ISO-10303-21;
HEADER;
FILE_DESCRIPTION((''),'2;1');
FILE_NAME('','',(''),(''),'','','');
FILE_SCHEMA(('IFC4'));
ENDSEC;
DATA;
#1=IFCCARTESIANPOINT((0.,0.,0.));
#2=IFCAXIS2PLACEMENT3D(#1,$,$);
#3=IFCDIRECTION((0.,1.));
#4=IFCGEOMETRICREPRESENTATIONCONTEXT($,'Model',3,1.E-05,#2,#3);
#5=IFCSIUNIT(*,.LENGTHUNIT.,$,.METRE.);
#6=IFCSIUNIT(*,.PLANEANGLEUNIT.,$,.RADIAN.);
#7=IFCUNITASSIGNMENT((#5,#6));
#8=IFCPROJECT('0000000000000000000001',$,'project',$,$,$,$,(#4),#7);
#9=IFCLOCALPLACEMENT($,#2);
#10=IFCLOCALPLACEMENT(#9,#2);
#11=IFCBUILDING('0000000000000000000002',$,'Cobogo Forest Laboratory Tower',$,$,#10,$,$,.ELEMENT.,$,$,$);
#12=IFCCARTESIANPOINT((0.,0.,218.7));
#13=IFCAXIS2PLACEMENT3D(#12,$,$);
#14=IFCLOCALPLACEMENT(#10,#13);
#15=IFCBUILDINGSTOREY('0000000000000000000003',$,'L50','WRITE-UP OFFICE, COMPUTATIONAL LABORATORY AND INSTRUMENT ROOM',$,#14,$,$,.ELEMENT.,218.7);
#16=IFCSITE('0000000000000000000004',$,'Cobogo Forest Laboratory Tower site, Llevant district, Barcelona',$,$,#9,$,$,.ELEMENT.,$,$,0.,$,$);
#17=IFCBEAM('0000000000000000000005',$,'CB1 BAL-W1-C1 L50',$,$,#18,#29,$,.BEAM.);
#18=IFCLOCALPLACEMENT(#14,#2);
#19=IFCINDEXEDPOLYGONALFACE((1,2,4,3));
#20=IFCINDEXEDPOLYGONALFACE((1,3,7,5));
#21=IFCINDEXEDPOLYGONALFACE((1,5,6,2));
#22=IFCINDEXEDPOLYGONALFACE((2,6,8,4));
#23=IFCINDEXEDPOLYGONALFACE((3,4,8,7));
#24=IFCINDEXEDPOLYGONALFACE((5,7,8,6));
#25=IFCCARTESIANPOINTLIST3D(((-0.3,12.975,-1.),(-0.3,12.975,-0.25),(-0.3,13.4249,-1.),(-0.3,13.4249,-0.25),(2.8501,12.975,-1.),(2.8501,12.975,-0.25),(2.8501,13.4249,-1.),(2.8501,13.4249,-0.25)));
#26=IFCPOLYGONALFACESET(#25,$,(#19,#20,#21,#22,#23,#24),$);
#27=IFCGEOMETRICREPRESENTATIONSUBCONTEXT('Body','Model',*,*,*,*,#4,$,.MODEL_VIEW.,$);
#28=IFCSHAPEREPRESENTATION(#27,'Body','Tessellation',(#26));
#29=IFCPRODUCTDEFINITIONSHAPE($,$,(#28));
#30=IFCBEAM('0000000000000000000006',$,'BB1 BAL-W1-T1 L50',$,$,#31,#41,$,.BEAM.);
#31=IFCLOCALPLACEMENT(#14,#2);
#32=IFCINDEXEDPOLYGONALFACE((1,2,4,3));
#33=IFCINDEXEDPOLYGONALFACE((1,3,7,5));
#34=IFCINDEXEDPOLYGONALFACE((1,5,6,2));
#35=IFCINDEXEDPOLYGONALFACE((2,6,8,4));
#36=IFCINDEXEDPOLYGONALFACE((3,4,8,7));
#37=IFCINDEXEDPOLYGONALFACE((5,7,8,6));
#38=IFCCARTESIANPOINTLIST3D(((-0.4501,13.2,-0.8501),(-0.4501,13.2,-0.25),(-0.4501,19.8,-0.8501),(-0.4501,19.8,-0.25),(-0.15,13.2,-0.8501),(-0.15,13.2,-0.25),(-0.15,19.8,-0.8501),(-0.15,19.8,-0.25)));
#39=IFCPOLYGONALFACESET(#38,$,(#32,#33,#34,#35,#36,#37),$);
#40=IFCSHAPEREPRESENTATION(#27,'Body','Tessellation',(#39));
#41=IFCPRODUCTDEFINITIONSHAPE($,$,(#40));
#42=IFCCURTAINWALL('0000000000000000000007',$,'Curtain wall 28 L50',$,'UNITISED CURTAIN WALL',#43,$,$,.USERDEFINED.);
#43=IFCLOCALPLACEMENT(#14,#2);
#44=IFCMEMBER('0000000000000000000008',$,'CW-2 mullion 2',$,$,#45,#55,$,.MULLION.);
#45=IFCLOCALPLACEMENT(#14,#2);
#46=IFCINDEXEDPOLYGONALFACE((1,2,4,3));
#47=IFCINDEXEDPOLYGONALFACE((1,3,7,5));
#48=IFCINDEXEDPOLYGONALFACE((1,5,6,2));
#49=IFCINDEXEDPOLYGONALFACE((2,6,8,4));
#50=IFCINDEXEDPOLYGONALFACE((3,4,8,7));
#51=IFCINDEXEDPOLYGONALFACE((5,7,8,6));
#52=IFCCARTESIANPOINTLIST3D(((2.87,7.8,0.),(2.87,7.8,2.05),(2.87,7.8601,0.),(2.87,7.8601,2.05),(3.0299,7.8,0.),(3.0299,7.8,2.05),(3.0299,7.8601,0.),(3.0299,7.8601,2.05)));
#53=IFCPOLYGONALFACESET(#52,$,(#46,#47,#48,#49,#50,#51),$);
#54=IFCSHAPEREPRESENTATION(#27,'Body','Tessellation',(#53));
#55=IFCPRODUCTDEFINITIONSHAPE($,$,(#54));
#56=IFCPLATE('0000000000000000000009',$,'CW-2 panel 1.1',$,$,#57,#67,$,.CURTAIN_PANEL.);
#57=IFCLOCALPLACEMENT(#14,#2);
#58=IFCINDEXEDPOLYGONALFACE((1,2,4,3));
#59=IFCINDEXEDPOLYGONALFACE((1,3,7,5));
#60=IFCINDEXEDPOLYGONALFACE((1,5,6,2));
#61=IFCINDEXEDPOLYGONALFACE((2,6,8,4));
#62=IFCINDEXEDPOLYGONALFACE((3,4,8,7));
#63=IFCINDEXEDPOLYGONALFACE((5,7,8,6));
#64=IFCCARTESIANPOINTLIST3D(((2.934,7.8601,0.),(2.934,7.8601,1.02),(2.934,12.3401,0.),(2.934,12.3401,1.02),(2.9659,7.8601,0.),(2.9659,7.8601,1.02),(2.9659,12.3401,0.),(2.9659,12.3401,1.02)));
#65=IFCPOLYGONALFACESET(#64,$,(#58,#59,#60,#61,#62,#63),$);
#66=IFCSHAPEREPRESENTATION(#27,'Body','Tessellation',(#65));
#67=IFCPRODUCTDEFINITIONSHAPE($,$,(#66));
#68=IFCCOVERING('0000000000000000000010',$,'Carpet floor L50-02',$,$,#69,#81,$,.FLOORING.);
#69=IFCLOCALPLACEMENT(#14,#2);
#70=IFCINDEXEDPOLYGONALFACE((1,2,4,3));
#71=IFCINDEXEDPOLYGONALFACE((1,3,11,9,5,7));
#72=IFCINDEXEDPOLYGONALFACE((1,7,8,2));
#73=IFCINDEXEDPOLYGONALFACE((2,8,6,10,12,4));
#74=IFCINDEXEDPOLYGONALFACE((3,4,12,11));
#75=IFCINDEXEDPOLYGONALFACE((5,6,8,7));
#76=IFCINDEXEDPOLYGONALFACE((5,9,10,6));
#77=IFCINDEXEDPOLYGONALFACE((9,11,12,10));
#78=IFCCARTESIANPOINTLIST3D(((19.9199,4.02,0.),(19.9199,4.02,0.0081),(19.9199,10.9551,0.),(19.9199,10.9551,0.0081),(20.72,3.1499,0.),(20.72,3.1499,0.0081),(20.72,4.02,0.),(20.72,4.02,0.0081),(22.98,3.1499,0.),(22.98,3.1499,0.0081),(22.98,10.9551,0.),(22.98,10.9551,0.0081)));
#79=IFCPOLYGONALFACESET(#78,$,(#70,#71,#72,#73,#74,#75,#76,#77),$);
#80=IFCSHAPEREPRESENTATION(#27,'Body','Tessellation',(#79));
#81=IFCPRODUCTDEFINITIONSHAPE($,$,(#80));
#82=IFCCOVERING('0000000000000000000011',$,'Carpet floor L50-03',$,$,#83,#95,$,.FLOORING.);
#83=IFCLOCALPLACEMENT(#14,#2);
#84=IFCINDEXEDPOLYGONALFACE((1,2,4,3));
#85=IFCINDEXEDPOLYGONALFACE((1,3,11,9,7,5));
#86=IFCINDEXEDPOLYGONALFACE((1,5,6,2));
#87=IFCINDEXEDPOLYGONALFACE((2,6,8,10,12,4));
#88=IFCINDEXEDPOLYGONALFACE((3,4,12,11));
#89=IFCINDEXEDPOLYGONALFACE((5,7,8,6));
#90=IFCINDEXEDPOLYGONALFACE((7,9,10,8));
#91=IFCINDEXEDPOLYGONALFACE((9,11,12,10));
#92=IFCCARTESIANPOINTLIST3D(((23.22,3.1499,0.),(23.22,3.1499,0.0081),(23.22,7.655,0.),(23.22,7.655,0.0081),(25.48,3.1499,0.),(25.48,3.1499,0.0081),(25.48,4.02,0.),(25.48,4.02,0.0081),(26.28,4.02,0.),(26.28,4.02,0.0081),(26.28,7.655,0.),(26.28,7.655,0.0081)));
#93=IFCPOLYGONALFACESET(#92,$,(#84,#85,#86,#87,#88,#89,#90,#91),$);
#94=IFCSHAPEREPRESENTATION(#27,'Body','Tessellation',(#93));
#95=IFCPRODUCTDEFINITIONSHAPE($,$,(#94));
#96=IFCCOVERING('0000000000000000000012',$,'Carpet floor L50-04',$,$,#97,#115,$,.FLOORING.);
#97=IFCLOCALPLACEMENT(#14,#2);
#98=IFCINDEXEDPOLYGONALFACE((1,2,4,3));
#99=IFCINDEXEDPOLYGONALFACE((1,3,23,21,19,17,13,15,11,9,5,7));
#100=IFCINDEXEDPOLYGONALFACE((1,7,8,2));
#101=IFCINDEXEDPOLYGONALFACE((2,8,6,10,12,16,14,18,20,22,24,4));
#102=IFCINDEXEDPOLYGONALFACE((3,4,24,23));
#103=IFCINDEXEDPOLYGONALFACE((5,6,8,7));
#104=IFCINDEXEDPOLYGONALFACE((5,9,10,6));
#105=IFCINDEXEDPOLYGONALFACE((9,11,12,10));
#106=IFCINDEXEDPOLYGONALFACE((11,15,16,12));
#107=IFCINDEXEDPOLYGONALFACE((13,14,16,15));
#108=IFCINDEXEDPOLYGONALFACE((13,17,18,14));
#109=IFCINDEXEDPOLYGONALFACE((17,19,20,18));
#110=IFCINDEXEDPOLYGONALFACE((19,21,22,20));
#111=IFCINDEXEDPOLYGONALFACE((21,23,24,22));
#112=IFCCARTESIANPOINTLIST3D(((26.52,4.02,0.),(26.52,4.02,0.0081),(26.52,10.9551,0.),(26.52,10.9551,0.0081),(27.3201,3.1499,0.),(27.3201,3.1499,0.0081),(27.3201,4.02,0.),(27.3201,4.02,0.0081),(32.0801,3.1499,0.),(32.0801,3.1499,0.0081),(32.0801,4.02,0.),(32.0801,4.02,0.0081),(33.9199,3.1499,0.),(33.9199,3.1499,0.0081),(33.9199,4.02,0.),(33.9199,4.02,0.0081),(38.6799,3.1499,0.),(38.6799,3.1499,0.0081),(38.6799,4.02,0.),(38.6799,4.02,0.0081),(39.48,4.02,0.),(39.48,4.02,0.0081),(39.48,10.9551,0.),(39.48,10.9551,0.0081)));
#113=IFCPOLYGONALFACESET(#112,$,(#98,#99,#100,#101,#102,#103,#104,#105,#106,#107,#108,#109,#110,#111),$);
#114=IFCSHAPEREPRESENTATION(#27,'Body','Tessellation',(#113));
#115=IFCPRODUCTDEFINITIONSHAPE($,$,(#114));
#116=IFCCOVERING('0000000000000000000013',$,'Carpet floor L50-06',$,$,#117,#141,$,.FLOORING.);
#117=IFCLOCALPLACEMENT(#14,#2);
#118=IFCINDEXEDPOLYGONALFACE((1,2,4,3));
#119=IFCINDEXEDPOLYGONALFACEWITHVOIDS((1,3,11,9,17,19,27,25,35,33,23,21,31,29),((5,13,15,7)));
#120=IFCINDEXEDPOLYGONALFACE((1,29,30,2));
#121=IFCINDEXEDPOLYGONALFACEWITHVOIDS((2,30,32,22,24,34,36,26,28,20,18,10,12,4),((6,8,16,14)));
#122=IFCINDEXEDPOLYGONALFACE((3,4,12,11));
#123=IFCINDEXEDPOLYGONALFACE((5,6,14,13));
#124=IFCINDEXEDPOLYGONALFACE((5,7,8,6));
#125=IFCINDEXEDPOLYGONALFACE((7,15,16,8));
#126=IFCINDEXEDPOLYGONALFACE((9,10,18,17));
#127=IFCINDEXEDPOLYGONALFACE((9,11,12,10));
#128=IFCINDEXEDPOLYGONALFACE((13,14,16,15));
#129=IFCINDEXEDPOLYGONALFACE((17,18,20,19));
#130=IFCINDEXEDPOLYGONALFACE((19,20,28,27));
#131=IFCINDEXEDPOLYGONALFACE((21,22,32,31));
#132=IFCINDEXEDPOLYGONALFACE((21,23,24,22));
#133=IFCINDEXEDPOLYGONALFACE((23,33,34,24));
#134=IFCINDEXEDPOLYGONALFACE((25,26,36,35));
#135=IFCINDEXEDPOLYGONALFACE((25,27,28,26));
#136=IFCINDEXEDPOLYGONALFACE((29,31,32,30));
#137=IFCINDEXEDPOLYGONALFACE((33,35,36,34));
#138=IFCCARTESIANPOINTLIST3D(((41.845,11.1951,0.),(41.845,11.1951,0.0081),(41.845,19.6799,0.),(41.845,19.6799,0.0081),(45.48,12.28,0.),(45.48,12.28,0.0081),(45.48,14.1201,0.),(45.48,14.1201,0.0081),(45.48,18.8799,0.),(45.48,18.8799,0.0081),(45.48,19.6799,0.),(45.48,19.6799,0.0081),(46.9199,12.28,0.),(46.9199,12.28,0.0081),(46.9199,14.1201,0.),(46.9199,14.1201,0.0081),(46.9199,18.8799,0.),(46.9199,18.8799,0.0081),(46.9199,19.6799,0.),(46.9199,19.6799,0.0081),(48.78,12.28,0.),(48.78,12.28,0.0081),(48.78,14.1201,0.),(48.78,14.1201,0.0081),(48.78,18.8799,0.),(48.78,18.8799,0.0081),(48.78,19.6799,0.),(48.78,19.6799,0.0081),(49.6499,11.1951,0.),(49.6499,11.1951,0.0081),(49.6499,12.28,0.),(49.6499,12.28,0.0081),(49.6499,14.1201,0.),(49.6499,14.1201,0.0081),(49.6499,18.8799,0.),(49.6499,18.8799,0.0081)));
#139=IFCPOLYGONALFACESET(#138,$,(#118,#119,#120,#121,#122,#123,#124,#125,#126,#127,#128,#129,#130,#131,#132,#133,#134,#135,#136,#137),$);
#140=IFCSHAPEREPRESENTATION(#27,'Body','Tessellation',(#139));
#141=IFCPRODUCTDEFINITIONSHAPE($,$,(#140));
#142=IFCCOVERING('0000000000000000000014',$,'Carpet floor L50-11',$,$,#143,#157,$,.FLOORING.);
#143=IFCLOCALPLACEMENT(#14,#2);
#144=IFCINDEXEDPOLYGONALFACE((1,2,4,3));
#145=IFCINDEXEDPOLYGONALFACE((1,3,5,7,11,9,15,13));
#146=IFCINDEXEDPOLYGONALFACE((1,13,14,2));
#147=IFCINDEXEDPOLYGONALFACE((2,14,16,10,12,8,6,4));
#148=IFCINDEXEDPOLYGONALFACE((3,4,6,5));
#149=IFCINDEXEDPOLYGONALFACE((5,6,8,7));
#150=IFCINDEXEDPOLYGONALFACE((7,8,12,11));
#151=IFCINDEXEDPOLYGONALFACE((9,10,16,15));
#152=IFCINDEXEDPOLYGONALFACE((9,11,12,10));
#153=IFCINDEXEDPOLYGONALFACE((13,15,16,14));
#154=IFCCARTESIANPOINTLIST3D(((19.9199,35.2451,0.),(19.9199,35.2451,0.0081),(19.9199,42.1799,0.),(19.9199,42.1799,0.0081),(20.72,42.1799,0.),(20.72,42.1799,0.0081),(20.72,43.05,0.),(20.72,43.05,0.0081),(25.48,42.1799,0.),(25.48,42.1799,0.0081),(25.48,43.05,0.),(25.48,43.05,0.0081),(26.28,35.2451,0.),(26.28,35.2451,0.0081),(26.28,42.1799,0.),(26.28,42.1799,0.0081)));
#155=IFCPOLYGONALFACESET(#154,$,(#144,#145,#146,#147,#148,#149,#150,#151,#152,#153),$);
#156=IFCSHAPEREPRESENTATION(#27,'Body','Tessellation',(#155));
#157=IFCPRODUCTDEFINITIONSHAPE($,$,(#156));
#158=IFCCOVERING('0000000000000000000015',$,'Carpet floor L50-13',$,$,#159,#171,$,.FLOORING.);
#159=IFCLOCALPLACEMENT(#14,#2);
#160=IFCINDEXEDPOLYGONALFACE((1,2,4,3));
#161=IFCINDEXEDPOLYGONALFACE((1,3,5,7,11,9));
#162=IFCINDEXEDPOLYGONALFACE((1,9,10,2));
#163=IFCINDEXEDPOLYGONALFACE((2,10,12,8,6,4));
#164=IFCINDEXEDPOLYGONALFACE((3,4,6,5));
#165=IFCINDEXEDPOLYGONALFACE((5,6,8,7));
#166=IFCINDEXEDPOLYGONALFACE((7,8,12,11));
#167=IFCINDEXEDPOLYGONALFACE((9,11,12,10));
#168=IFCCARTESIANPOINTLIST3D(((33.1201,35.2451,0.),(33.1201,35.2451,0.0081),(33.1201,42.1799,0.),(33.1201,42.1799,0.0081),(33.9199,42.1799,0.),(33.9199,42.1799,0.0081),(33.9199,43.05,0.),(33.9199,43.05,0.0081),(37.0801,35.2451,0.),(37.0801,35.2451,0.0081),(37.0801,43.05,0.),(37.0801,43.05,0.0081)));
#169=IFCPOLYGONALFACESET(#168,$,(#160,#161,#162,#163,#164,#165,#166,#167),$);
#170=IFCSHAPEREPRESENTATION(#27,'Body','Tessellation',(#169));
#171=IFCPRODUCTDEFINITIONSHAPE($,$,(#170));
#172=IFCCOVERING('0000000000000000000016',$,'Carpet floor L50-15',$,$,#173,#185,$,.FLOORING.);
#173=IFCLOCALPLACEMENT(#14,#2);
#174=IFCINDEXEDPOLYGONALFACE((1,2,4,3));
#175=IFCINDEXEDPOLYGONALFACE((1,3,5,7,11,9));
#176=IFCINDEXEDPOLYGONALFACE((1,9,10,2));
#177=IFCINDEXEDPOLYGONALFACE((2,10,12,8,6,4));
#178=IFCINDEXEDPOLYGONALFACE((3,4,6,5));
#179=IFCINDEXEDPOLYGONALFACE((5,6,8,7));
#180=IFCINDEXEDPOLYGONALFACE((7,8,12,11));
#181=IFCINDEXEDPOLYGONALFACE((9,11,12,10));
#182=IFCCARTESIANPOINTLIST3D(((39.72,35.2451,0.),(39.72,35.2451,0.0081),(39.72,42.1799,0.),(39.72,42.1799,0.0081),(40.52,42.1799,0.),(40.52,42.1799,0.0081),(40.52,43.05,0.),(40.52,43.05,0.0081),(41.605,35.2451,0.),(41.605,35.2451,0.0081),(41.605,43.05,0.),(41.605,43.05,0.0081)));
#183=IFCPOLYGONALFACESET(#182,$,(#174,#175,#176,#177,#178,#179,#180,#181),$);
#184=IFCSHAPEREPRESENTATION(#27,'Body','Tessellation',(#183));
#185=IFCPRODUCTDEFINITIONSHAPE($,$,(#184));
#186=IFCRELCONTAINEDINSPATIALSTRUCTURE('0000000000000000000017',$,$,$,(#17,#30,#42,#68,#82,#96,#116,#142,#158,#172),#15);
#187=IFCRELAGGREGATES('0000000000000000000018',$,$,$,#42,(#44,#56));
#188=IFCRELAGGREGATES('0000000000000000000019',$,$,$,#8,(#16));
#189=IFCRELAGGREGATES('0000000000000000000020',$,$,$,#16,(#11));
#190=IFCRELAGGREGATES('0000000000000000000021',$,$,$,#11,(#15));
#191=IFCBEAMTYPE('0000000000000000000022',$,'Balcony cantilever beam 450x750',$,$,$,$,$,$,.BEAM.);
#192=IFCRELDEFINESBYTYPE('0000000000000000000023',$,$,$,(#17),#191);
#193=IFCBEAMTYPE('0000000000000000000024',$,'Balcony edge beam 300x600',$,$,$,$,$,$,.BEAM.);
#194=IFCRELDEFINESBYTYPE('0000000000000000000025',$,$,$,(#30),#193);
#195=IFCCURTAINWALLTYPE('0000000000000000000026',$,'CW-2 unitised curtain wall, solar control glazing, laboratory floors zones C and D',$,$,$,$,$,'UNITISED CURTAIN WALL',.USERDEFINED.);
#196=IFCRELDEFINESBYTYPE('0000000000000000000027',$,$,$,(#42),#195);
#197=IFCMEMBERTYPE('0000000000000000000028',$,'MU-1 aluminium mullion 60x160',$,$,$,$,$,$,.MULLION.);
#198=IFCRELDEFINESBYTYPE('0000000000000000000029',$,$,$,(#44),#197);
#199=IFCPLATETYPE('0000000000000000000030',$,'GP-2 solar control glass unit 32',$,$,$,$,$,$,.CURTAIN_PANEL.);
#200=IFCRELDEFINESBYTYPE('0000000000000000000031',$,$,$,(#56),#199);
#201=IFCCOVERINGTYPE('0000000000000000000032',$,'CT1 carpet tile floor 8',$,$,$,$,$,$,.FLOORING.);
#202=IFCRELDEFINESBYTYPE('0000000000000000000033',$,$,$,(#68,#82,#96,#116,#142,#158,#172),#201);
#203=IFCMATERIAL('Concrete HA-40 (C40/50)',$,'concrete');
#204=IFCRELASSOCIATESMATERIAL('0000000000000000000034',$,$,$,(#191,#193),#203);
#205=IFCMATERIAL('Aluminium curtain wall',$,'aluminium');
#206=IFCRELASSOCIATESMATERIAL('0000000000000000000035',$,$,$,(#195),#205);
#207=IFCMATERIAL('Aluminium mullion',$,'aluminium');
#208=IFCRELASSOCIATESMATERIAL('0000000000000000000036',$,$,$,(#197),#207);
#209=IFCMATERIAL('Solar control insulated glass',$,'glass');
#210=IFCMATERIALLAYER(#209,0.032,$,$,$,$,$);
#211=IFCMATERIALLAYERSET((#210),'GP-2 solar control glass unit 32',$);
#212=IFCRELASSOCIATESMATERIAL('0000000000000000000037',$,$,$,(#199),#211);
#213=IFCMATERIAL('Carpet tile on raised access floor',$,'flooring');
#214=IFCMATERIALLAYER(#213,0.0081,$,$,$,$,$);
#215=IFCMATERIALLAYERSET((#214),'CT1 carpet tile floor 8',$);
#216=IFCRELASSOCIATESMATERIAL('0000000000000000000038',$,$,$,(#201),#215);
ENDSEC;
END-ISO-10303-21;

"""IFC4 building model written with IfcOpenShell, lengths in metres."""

from ifc_helpers import new_model, si_unit, direction, frame, origin, origin_2d, place, context, subcontext, project, spatial, polyline, rectangle, outline, extrude, material, layer, layer_set, material_profile, profile_set, type_object, element, aggregate, save


model = new_model("IFC4")

# Units and contexts
model_context = context("Model", 3, precision=1e-05, world=origin(), true_north=direction((0.0, 1.0)))
body_context = subcontext(model_context, "Body", "Model", "MODEL_VIEW")
ifc_project = project(units=[si_unit("LENGTHUNIT", "METRE"), si_unit("PLANEANGLEUNIT", "RADIAN")], contexts=[model_context])

# Site, building, storey
site_placement = place(None, origin())
site = spatial("IfcSite", under=ifc_project, at=site_placement, Name="Cobogo Forest Laboratory Tower site, Llevant district, Barcelona", CompositionType="ELEMENT", RefElevation=0.0)
building_placement = place(site_placement, origin())
building = spatial("IfcBuilding", under=site, at=building_placement, Name="Cobogo Forest Laboratory Tower", CompositionType="ELEMENT")
storey_placement = place(building_placement, frame((0.0, 0.0, 218.7)))
storey = spatial("IfcBuildingStorey", under=building, at=storey_placement, Name="L50", Description="WRITE-UP OFFICE, COMPUTATIONAL LABORATORY AND INSTRUMENT ROOM", CompositionType="ELEMENT", Elevation=218.7)

# Beams
ifc_material_1 = material(Name="Concrete HA-40 (C40/50)", Category="concrete")
ifc_material_profile_1 = material_profile(ifc_material_1, rectangle(XDim=0.45, YDim=0.75, at=origin_2d()), Name="RC 450x750")
ifc_profile_set_1 = profile_set([ifc_material_profile_1], Name="Concrete HA-40 (C40/50)")
beam_type_1 = type_object("IfcBeamType", Name="Balcony cantilever beam 450x750", PredefinedType="BEAM", material=ifc_profile_set_1)
beam_1_placement = place(storey_placement, frame((2.8501, 13.2, -0.625), z_axis=(-1.0, 0.0, 0.0), x_axis=(0.0, -1.0, 0.0)))
element("IfcBeam", 1, at=beam_1_placement, inside=storey, type_object=beam_type_1, Name="CB1 BAL-W1-C1 L50", PredefinedType="BEAM", context=body_context, shape_type="SweptSolid", body=[
    extrude(rectangle(XDim=0.45, YDim=0.75, at=origin_2d()), origin(), (0.0, 0.0, 1.0), 3.1501),
])
ifc_material_profile_2 = material_profile(ifc_material_1, rectangle(XDim=0.3, YDim=0.6001, at=origin_2d()), Name="RC 300x600")
ifc_profile_set_2 = profile_set([ifc_material_profile_2], Name="Concrete HA-40 (C40/50)")
beam_type_2 = type_object("IfcBeamType", Name="Balcony edge beam 300x600", PredefinedType="BEAM", material=ifc_profile_set_2)
beam_2_placement = place(storey_placement, frame((-0.3, 13.2, -0.55), z_axis=(0.0, 1.0, 0.0), x_axis=(-1.0, 0.0, 0.0)))
element("IfcBeam", 2, at=beam_2_placement, inside=storey, type_object=beam_type_2, Name="BB1 BAL-W1-T1 L50", PredefinedType="BEAM", context=body_context, shape_type="SweptSolid", body=[
    extrude(rectangle(XDim=0.3, YDim=0.6001, at=origin_2d()), origin(), (0.0, 0.0, 1.0), 6.6001),
])

# Curtain wall, member, plate
ifc_material_2 = material(Name="Aluminium curtain wall", Category="aluminium")
curtain_wall_type = type_object("IfcCurtainWallType", Name="CW-2 unitised curtain wall, solar control glazing, laboratory floors zones C and D", ElementType="UNITISED CURTAIN WALL", PredefinedType="USERDEFINED", material=ifc_material_2)
curtain_wall_placement = place(storey_placement, origin())
curtain_wall = element("IfcCurtainWall", 3, at=curtain_wall_placement, inside=storey, type_object=curtain_wall_type, Name="Curtain wall 28 L50", ObjectType="UNITISED CURTAIN WALL", PredefinedType="USERDEFINED")
ifc_material_3 = material(Name="Aluminium mullion", Category="aluminium")
ifc_material_profile_3 = material_profile(ifc_material_3, rectangle(XDim=0.0601, YDim=0.1599, at=origin_2d()), Name="AL 60x160")
ifc_profile_set_3 = profile_set([ifc_material_profile_3], Name="Aluminium mullion")
member_type = type_object("IfcMemberType", Name="MU-1 aluminium mullion 60x160", PredefinedType="MULLION", material=ifc_profile_set_3)
member_placement = place(storey_placement, frame((2.95, 7.8301, 0.0), z_axis=(0.0, 0.0, 1.0), x_axis=(0.0, -1.0, 0.0)))
member = element("IfcMember", 4, at=member_placement, type_object=member_type, Name="CW-2 mullion 2", PredefinedType="MULLION", context=body_context, shape_type="SweptSolid", body=[
    extrude(rectangle(XDim=0.0601, YDim=0.1599, at=origin_2d()), origin(), (0.0, 0.0, 1.0), 2.05),
])
ifc_material_4 = material(Name="Solar control insulated glass", Category="glass")
ifc_layer_1 = layer(ifc_material_4, 0.032)
ifc_layer_set_1 = layer_set([ifc_layer_1], Name="GP-2 solar control glass unit 32")
plate_type = type_object("IfcPlateType", Name="GP-2 solar control glass unit 32", PredefinedType="CURTAIN_PANEL", material=ifc_layer_set_1)
plate_placement = place(storey_placement, frame((2.95, 10.1001, 0.0), z_axis=(0.0, 0.0, 1.0), x_axis=(0.0, -1.0, 0.0)))
plate = element("IfcPlate", 5, at=plate_placement, type_object=plate_type, Name="CW-2 panel 1.1", PredefinedType="CURTAIN_PANEL", context=body_context, shape_type="SweptSolid", body=[
    extrude(rectangle(XDim=4.48, YDim=0.032, at=origin_2d()), origin(), (0.0, 0.0, 1.0), 1.02),
])
aggregate(curtain_wall, [member, plate])

# Coverings
ifc_material_5 = material(Name="Carpet tile on raised access floor", Category="flooring")
ifc_layer_2 = layer(ifc_material_5, 0.0081)
ifc_layer_set_2 = layer_set([ifc_layer_2], Name="CT1 carpet tile floor 8")
covering_type_1 = type_object("IfcCoveringType", Name="CT1 carpet tile floor 8", PredefinedType="FLOORING", material=ifc_layer_set_2)
covering_1_placement = place(storey_placement, origin())
element("IfcCovering", 6, at=covering_1_placement, inside=storey, type_object=covering_type_1, Name="Carpet floor L50-02", PredefinedType="FLOORING", context=body_context, shape_type="SweptSolid", body=[
    extrude(outline(polyline([(22.98, 10.9551), (22.98, 3.1499), (20.72, 3.1499), (20.72, 4.02), (19.9199, 4.02), (19.9199, 10.9551), (22.98, 10.9551)])), origin(), (0.0, 0.0, 1.0), 0.0081),
])
covering_2_placement = place(storey_placement, origin())
element("IfcCovering", 7, at=covering_2_placement, inside=storey, type_object=covering_type_1, Name="Carpet floor L50-03", PredefinedType="FLOORING", context=body_context, shape_type="SweptSolid", body=[
    extrude(outline(polyline([(26.28, 7.655), (26.28, 4.02), (25.48, 4.02), (25.48, 3.1499), (23.22, 3.1499), (23.22, 7.655), (26.28, 7.655)])), origin(), (0.0, 0.0, 1.0), 0.0081),
])
covering_3_placement = place(storey_placement, origin())
element("IfcCovering", 8, at=covering_3_placement, inside=storey, type_object=covering_type_1, Name="Carpet floor L50-04", PredefinedType="FLOORING", context=body_context, shape_type="SweptSolid", body=[
    extrude(outline(polyline([(39.48, 10.9551), (39.48, 4.02), (38.6799, 4.02), (38.6799, 3.1499), (33.9199, 3.1499), (33.9199, 4.02), (32.0801, 4.02), (32.0801, 3.1499), (27.3201, 3.1499), (27.3201, 4.02), (26.52, 4.02), (26.52, 10.9551), (39.48, 10.9551)])), origin(), (0.0, 0.0, 1.0), 0.0081),
])
covering_4_placement = place(storey_placement, origin())
element("IfcCovering", 9, at=covering_4_placement, inside=storey, type_object=covering_type_1, Name="Carpet floor L50-06", PredefinedType="FLOORING", context=body_context, shape_type="SweptSolid", body=[
    extrude(outline(polyline([(41.845, 19.6799), (45.48, 19.6799), (45.48, 18.8799), (46.9199, 18.8799), (46.9199, 19.6799), (48.78, 19.6799), (48.78, 18.8799), (49.6499, 18.8799), (49.6499, 14.1201), (48.78, 14.1201), (48.78, 12.28), (49.6499, 12.28), (49.6499, 11.1951), (41.845, 11.1951), (41.845, 19.6799)]), holes=[polyline([(46.9199, 12.28), (46.9199, 14.1201), (45.48, 14.1201), (45.48, 12.28), (46.9199, 12.28)])]), origin(), (0.0, 0.0, 1.0), 0.0081),
])
covering_5_placement = place(storey_placement, origin())
element("IfcCovering", 10, at=covering_5_placement, inside=storey, type_object=covering_type_1, Name="Carpet floor L50-11", PredefinedType="FLOORING", context=body_context, shape_type="SweptSolid", body=[
    extrude(outline(polyline([(19.9199, 35.2451), (19.9199, 42.1799), (20.72, 42.1799), (20.72, 43.05), (25.48, 43.05), (25.48, 42.1799), (26.28, 42.1799), (26.28, 35.2451), (19.9199, 35.2451)])), origin(), (0.0, 0.0, 1.0), 0.0081),
])
covering_6_placement = place(storey_placement, origin())
element("IfcCovering", 11, at=covering_6_placement, inside=storey, type_object=covering_type_1, Name="Carpet floor L50-13", PredefinedType="FLOORING", context=body_context, shape_type="SweptSolid", body=[
    extrude(outline(polyline([(33.1201, 35.2451), (33.1201, 42.1799), (33.9199, 42.1799), (33.9199, 43.05), (37.0801, 43.05), (37.0801, 35.2451), (33.1201, 35.2451)])), origin(), (0.0, 0.0, 1.0), 0.0081),
])
covering_7_placement = place(storey_placement, origin())
element("IfcCovering", 12, at=covering_7_placement, inside=storey, type_object=covering_type_1, Name="Carpet floor L50-15", PredefinedType="FLOORING", context=body_context, shape_type="SweptSolid", body=[
    extrude(outline(polyline([(39.72, 35.2451), (39.72, 42.1799), (40.52, 42.1799), (40.52, 43.05), (41.605, 43.05), (41.605, 35.2451), (39.72, 35.2451)])), origin(), (0.0, 0.0, 1.0), 0.0081),
])

save(model, "model.ifc")
